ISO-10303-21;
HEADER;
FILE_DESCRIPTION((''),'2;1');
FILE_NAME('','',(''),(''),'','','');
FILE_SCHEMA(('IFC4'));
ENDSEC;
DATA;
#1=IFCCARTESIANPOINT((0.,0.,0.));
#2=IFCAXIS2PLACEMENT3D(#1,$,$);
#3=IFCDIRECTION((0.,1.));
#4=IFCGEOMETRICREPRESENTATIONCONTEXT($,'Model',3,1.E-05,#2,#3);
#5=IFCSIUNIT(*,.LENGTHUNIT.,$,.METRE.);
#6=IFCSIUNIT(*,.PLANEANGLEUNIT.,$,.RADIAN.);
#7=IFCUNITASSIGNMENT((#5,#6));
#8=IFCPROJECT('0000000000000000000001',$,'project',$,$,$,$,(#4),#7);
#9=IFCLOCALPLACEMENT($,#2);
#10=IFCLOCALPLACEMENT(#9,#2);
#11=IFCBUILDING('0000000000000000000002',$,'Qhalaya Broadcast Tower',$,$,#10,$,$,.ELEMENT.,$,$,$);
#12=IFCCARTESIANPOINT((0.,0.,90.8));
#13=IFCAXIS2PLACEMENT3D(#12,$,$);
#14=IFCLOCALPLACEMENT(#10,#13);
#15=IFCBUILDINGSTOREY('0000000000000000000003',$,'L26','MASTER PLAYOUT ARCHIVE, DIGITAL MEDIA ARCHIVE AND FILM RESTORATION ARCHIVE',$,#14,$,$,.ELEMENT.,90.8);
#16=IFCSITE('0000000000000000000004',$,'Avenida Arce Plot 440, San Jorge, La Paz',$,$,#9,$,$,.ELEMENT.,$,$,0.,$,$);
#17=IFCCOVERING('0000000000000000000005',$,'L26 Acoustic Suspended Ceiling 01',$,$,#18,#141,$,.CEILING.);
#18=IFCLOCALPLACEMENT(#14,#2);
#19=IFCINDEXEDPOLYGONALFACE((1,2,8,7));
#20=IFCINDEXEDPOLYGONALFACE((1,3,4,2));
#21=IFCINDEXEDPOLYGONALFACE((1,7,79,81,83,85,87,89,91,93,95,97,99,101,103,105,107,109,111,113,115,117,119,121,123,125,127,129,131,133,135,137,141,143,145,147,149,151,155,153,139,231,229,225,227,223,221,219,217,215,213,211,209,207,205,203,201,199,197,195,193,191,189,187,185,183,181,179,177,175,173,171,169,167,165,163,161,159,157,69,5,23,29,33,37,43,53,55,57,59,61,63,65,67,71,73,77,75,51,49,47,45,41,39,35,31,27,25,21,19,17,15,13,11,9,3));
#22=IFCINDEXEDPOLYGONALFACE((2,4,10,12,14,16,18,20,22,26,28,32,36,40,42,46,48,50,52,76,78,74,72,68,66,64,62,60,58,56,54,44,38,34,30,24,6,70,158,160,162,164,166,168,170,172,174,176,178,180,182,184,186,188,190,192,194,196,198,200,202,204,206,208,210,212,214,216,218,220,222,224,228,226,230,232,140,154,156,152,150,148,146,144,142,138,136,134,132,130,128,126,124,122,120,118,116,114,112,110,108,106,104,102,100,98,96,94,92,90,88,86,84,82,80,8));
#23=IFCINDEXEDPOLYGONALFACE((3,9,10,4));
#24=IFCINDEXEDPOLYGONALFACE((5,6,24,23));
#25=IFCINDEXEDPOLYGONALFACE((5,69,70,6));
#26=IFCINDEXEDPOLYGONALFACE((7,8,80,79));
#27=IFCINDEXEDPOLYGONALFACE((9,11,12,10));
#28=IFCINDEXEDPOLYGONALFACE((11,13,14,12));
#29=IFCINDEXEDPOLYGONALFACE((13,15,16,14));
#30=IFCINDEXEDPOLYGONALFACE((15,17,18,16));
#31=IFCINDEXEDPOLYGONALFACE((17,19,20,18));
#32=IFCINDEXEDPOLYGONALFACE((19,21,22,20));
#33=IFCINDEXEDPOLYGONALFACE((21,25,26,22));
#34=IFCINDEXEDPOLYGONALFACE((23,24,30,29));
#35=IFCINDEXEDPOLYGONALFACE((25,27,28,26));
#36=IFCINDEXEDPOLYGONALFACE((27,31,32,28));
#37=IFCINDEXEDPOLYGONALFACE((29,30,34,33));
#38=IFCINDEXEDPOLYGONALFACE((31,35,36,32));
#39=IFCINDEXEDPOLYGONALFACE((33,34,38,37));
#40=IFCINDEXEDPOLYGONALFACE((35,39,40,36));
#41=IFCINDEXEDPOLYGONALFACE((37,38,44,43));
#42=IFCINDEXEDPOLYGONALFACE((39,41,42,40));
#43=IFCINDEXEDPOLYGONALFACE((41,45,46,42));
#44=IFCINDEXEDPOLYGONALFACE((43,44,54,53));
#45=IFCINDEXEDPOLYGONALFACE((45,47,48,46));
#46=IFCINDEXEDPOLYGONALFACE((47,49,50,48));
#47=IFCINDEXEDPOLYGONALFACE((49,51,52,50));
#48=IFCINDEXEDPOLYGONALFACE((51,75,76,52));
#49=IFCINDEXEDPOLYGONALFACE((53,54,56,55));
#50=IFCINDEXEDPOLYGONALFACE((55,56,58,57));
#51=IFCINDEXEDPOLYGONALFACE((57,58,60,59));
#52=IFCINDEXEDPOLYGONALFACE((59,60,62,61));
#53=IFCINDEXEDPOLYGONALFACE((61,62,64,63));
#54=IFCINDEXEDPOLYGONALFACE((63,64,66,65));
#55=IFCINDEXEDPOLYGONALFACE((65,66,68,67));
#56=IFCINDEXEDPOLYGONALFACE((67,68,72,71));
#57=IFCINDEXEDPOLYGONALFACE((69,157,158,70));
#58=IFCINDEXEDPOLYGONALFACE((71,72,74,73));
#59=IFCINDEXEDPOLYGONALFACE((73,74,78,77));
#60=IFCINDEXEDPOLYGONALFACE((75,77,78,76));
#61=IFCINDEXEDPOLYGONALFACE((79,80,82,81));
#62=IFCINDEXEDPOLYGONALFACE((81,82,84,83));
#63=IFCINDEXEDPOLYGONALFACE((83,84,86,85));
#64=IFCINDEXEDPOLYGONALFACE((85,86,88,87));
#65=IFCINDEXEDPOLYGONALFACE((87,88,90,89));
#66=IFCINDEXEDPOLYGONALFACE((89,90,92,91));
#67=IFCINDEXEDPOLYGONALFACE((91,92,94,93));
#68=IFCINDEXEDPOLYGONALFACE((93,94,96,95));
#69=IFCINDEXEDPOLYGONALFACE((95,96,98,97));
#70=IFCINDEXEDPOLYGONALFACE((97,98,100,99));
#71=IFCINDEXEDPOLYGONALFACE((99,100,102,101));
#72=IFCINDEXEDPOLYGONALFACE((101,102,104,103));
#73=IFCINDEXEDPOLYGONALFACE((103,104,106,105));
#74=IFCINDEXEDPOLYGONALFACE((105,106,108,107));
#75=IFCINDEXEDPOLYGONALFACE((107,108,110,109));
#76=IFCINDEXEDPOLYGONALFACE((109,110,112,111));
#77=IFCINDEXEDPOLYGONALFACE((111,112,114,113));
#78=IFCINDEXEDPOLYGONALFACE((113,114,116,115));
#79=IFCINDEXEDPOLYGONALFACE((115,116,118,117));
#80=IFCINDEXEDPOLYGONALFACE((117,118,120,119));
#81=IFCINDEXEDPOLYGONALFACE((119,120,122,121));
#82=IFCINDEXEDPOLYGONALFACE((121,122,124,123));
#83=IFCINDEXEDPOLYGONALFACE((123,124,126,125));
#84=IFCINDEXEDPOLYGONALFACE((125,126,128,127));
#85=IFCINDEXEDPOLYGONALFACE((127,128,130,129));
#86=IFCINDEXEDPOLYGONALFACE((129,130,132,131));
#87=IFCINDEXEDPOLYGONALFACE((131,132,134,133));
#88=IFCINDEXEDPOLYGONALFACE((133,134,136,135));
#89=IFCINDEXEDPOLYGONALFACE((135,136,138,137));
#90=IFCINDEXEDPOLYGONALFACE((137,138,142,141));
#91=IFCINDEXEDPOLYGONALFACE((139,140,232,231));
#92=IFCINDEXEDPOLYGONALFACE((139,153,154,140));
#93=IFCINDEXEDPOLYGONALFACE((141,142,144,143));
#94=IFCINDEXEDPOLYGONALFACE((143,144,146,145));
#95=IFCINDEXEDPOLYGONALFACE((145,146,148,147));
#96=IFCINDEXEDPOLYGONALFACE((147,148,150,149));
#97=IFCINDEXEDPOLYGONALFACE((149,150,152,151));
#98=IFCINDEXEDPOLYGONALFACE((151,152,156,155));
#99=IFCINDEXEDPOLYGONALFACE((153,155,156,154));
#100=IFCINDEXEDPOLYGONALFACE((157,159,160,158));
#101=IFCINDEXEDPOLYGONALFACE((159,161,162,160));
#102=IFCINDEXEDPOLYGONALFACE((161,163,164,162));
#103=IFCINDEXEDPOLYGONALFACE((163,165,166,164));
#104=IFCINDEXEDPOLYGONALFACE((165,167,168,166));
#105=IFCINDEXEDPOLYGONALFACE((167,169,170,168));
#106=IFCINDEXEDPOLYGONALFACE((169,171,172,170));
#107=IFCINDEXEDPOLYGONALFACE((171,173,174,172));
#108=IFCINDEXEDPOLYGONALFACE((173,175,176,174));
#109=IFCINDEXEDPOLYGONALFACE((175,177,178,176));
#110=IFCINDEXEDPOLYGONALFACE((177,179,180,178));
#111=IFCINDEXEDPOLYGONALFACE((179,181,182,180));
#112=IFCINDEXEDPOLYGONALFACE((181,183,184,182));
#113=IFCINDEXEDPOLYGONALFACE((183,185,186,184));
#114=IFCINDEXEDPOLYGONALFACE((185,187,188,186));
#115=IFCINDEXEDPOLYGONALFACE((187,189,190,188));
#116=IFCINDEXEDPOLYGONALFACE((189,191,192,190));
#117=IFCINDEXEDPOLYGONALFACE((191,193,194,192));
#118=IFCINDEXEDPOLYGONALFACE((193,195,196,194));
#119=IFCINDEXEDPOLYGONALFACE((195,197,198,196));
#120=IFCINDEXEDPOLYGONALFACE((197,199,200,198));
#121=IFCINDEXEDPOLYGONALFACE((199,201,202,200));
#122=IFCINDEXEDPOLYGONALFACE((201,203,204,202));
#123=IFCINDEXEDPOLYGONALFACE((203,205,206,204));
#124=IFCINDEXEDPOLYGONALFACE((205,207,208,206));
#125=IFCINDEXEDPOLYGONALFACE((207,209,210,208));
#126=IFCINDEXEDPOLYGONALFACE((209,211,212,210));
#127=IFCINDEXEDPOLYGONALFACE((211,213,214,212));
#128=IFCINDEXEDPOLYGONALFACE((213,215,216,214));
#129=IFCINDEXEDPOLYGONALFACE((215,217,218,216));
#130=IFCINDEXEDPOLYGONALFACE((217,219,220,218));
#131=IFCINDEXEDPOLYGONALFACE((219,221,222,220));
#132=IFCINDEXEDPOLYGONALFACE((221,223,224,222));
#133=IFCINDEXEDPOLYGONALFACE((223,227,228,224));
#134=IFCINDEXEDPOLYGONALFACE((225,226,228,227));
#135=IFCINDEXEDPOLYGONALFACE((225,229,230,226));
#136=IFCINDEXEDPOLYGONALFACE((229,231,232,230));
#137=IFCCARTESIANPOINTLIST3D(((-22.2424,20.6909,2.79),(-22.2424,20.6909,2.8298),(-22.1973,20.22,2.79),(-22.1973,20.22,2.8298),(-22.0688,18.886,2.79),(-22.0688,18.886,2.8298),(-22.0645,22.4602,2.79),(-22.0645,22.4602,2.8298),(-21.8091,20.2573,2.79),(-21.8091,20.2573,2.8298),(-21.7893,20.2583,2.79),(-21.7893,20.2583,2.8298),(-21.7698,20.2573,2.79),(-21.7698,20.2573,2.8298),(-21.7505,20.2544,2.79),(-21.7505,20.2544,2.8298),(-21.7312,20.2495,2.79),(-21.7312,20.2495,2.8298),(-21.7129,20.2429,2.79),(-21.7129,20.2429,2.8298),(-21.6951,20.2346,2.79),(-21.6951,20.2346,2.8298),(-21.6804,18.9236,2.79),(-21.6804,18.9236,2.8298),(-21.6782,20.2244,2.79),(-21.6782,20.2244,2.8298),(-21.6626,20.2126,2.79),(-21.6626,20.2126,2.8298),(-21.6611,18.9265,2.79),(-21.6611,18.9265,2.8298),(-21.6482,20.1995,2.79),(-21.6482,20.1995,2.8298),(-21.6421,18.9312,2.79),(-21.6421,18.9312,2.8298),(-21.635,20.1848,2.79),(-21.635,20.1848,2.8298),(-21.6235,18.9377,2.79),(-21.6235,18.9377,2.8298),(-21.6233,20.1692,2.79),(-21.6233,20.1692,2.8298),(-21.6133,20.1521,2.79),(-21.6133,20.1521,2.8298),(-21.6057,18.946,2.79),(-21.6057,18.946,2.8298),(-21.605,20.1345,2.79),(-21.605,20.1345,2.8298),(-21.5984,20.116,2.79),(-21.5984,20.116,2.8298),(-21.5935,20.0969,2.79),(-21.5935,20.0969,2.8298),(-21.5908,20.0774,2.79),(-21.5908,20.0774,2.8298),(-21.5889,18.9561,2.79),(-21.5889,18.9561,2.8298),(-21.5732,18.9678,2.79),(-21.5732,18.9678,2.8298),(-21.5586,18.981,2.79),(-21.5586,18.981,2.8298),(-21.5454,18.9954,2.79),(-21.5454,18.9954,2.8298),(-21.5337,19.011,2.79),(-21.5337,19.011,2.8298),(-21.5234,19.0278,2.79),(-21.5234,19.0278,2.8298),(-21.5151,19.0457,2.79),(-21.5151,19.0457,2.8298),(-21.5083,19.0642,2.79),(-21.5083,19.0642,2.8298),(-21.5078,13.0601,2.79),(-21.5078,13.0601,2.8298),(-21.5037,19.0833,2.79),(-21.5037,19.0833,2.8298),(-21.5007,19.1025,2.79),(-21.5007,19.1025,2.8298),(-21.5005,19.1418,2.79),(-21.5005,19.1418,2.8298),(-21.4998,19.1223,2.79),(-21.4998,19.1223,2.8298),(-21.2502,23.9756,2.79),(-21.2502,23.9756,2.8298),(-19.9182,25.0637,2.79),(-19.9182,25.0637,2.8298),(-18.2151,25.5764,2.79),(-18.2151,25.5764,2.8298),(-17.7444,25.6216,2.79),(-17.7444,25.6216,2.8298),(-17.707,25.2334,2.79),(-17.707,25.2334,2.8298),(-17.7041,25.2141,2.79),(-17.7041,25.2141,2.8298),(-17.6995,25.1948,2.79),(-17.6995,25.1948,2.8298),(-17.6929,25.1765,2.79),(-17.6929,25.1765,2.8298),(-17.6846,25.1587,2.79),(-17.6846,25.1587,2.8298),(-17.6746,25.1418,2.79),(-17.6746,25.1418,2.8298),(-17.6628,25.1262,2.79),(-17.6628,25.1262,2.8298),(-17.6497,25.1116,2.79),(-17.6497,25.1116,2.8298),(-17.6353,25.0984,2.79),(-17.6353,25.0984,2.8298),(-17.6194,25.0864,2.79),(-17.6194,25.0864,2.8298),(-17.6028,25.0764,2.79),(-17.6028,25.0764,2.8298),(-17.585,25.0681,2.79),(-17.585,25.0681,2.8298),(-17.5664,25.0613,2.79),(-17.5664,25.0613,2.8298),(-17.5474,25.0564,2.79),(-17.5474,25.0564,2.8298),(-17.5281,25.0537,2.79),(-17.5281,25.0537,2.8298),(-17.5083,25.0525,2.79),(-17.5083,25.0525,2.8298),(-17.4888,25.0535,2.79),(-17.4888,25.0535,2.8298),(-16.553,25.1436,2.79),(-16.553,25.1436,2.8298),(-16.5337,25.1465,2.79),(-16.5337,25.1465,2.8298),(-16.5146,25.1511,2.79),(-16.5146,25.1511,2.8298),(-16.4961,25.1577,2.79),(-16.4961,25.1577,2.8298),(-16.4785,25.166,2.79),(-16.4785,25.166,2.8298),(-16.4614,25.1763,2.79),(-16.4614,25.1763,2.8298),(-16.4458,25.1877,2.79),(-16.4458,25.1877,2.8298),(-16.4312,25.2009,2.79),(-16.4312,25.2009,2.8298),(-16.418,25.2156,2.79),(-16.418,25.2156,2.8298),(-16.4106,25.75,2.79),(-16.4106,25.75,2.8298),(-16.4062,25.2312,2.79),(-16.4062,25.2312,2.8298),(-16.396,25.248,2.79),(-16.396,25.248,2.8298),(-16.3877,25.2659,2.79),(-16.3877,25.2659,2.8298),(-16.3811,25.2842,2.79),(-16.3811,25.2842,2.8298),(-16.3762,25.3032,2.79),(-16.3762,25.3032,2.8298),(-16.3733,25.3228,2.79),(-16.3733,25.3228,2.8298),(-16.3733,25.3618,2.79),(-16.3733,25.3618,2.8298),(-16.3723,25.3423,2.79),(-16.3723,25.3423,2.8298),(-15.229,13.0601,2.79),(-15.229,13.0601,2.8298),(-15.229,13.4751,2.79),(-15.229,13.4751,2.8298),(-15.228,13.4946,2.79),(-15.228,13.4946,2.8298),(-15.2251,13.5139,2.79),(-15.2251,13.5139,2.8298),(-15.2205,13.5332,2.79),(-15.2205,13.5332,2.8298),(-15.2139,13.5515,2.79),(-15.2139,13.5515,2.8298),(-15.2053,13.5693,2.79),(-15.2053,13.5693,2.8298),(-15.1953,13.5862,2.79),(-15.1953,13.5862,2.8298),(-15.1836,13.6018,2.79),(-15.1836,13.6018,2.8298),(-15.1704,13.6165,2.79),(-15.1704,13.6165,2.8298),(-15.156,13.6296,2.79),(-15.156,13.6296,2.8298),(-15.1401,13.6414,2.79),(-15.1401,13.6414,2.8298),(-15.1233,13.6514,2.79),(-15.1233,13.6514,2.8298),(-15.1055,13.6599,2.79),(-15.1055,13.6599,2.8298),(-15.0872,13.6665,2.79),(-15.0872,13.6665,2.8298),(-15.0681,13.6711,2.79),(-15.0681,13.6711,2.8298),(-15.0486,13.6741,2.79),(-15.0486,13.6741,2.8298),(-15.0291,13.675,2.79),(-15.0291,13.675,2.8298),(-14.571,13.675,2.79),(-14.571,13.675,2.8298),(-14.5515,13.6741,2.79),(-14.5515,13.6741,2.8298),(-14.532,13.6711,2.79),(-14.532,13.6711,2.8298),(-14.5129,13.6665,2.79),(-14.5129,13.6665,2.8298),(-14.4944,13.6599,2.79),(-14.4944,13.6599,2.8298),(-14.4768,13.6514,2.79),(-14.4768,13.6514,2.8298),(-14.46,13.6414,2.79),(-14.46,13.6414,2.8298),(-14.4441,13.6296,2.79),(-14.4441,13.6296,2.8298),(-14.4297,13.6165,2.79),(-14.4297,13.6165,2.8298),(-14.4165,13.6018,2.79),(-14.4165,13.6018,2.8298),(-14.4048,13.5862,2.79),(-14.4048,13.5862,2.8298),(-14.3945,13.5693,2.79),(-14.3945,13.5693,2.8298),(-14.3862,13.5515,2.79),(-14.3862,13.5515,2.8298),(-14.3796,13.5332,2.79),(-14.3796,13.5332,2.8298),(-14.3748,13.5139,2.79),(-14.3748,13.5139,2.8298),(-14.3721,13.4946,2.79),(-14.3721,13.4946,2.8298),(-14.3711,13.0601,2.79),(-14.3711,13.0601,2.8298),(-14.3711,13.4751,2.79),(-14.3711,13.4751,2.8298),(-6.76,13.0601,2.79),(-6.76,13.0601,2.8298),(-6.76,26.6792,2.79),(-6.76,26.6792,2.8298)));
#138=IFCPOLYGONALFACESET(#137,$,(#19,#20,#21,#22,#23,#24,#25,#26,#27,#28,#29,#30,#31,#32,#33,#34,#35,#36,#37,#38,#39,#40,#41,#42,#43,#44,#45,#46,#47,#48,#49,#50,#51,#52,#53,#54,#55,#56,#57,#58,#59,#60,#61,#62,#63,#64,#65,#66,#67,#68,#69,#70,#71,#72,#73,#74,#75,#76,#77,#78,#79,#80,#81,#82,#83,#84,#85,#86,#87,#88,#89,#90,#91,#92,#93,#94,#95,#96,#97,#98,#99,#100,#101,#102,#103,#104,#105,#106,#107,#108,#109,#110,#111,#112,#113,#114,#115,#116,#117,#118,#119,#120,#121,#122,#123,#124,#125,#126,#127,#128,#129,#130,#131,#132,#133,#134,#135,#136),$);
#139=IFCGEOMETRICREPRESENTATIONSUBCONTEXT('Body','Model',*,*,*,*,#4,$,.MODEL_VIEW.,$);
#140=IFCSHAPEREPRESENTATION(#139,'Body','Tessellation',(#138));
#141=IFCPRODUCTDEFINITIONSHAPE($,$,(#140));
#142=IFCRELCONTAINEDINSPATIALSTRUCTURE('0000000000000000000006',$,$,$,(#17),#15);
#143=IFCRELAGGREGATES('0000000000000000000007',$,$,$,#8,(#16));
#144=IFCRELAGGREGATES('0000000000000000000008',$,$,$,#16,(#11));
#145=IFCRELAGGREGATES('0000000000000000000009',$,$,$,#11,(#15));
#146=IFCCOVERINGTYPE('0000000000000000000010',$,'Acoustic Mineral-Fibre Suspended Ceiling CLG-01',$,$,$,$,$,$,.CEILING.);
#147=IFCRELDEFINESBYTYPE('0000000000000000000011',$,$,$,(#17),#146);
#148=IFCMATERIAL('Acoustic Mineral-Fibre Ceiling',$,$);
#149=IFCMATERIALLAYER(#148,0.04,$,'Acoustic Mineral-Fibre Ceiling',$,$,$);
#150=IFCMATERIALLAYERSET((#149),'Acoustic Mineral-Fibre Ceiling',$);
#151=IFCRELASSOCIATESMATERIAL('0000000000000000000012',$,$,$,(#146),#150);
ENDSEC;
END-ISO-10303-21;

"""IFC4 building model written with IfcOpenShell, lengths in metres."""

from ifc_helpers import new_model, si_unit, direction, frame, origin, place, context, subcontext, project, spatial, polyline, outline, extrude, material, layer, layer_set, type_object, element, save


model = new_model("IFC4")

# Units and contexts
model_context = context("Model", 3, precision=1e-05, world=origin(), true_north=direction((0.0, 1.0)))
body_context = subcontext(model_context, "Body", "Model", "MODEL_VIEW")
ifc_project = project(units=[si_unit("LENGTHUNIT", "METRE"), si_unit("PLANEANGLEUNIT", "RADIAN")], contexts=[model_context])

# Site, building, storey
site_placement = place(None, origin())
site = spatial("IfcSite", under=ifc_project, at=site_placement, Name="Avenida Arce Plot 440, San Jorge, La Paz", CompositionType="ELEMENT", RefElevation=0.0)
building_placement = place(site_placement, origin())
building = spatial("IfcBuilding", under=site, at=building_placement, Name="Qhalaya Broadcast Tower", CompositionType="ELEMENT")
storey_placement = place(building_placement, frame((0.0, 0.0, 90.8)))
storey = spatial("IfcBuildingStorey", under=building, at=storey_placement, Name="L26", Description="MASTER PLAYOUT ARCHIVE, DIGITAL MEDIA ARCHIVE AND FILM RESTORATION ARCHIVE", CompositionType="ELEMENT", Elevation=90.8)

# Covering
ifc_material_1 = material(Name="Acoustic Mineral-Fibre Ceiling")
ifc_layer_1 = layer(ifc_material_1, 0.04, Name="Acoustic Mineral-Fibre Ceiling")
ifc_layer_set_1 = layer_set([ifc_layer_1], Name="Acoustic Mineral-Fibre Ceiling")
covering_type = type_object("IfcCoveringType", Name="Acoustic Mineral-Fibre Suspended Ceiling CLG-01", PredefinedType="CEILING", material=ifc_layer_set_1)
covering_placement = place(storey_placement, frame((0.0, 0.0, 2.79)))
element("IfcCovering", 1, at=covering_placement, inside=storey, type_object=covering_type, Name="L26 Acoustic Suspended Ceiling 01", PredefinedType="CEILING", context=body_context, shape_type="SweptSolid", body=[
    extrude(outline(polyline([(-22.0688, 18.886), (-21.5078, 13.0601), (-15.229, 13.0601), (-15.229, 13.4751), (-15.228, 13.4946), (-15.2251, 13.5139), (-15.2205, 13.5332), (-15.2139, 13.5515), (-15.2053, 13.5693), (-15.1953, 13.5862), (-15.1836, 13.6018), (-15.1704, 13.6165), (-15.156, 13.6296), (-15.1401, 13.6414), (-15.1233, 13.6514), (-15.1055, 13.6599), (-15.0872, 13.6665), (-15.0681, 13.6711), (-15.0486, 13.6741), (-15.0291, 13.675), (-14.571, 13.675), (-14.5515, 13.6741), (-14.532, 13.6711), (-14.5129, 13.6665), (-14.4944, 13.6599), (-14.4768, 13.6514), (-14.46, 13.6414), (-14.4441, 13.6296), (-14.4297, 13.6165), (-14.4165, 13.6018), (-14.4048, 13.5862), (-14.3945, 13.5693), (-14.3862, 13.5515), (-14.3796, 13.5332), (-14.3748, 13.5139), (-14.3721, 13.4946), (-14.3711, 13.4751), (-14.3711, 13.0601), (-6.76, 13.0601), (-6.76, 26.6792), (-16.4106, 25.75), (-16.3733, 25.3618), (-16.3723, 25.3423), (-16.3733, 25.3228), (-16.3762, 25.3032), (-16.3811, 25.2842), (-16.3877, 25.2659), (-16.396, 25.248), (-16.4062, 25.2312), (-16.418, 25.2156), (-16.4312, 25.2009), (-16.4458, 25.1877), (-16.4614, 25.1763), (-16.4785, 25.166), (-16.4961, 25.1577), (-16.5146, 25.1511), (-16.5337, 25.1465), (-16.553, 25.1436), (-17.4888, 25.0535), (-17.5083, 25.0525), (-17.5281, 25.0537), (-17.5474, 25.0564), (-17.5664, 25.0613), (-17.585, 25.0681), (-17.6028, 25.0764), (-17.6194, 25.0864), (-17.6353, 25.0984), (-17.6497, 25.1116), (-17.6628, 25.1262), (-17.6746, 25.1418), (-17.6846, 25.1587), (-17.6929, 25.1765), (-17.6995, 25.1948), (-17.7041, 25.2141), (-17.707, 25.2334), (-17.7444, 25.6216), (-18.2151, 25.5764), (-19.9182, 25.0637), (-21.2502, 23.9756), (-22.0645, 22.4602), (-22.2424, 20.6909), (-22.1973, 20.22), (-21.8091, 20.2573), (-21.7893, 20.2583), (-21.7698, 20.2573), (-21.7505, 20.2544), (-21.7312, 20.2495), (-21.7129, 20.2429), (-21.6951, 20.2346), (-21.6782, 20.2244), (-21.6626, 20.2126), (-21.6482, 20.1995), (-21.635, 20.1848), (-21.6233, 20.1692), (-21.6133, 20.1521), (-21.605, 20.1345), (-21.5984, 20.116), (-21.5935, 20.0969), (-21.5908, 20.0774), (-21.5005, 19.1418), (-21.4998, 19.1223), (-21.5007, 19.1025), (-21.5037, 19.0833), (-21.5083, 19.0642), (-21.5151, 19.0457), (-21.5234, 19.0278), (-21.5337, 19.011), (-21.5454, 18.9954), (-21.5586, 18.981), (-21.5732, 18.9678), (-21.5889, 18.9561), (-21.6057, 18.946), (-21.6235, 18.9377), (-21.6421, 18.9312), (-21.6611, 18.9265), (-21.6804, 18.9236), (-22.0688, 18.886)])), origin(), (0.0, 0.0, 1.0), 0.0398),
])

save(model, "model.ifc")
